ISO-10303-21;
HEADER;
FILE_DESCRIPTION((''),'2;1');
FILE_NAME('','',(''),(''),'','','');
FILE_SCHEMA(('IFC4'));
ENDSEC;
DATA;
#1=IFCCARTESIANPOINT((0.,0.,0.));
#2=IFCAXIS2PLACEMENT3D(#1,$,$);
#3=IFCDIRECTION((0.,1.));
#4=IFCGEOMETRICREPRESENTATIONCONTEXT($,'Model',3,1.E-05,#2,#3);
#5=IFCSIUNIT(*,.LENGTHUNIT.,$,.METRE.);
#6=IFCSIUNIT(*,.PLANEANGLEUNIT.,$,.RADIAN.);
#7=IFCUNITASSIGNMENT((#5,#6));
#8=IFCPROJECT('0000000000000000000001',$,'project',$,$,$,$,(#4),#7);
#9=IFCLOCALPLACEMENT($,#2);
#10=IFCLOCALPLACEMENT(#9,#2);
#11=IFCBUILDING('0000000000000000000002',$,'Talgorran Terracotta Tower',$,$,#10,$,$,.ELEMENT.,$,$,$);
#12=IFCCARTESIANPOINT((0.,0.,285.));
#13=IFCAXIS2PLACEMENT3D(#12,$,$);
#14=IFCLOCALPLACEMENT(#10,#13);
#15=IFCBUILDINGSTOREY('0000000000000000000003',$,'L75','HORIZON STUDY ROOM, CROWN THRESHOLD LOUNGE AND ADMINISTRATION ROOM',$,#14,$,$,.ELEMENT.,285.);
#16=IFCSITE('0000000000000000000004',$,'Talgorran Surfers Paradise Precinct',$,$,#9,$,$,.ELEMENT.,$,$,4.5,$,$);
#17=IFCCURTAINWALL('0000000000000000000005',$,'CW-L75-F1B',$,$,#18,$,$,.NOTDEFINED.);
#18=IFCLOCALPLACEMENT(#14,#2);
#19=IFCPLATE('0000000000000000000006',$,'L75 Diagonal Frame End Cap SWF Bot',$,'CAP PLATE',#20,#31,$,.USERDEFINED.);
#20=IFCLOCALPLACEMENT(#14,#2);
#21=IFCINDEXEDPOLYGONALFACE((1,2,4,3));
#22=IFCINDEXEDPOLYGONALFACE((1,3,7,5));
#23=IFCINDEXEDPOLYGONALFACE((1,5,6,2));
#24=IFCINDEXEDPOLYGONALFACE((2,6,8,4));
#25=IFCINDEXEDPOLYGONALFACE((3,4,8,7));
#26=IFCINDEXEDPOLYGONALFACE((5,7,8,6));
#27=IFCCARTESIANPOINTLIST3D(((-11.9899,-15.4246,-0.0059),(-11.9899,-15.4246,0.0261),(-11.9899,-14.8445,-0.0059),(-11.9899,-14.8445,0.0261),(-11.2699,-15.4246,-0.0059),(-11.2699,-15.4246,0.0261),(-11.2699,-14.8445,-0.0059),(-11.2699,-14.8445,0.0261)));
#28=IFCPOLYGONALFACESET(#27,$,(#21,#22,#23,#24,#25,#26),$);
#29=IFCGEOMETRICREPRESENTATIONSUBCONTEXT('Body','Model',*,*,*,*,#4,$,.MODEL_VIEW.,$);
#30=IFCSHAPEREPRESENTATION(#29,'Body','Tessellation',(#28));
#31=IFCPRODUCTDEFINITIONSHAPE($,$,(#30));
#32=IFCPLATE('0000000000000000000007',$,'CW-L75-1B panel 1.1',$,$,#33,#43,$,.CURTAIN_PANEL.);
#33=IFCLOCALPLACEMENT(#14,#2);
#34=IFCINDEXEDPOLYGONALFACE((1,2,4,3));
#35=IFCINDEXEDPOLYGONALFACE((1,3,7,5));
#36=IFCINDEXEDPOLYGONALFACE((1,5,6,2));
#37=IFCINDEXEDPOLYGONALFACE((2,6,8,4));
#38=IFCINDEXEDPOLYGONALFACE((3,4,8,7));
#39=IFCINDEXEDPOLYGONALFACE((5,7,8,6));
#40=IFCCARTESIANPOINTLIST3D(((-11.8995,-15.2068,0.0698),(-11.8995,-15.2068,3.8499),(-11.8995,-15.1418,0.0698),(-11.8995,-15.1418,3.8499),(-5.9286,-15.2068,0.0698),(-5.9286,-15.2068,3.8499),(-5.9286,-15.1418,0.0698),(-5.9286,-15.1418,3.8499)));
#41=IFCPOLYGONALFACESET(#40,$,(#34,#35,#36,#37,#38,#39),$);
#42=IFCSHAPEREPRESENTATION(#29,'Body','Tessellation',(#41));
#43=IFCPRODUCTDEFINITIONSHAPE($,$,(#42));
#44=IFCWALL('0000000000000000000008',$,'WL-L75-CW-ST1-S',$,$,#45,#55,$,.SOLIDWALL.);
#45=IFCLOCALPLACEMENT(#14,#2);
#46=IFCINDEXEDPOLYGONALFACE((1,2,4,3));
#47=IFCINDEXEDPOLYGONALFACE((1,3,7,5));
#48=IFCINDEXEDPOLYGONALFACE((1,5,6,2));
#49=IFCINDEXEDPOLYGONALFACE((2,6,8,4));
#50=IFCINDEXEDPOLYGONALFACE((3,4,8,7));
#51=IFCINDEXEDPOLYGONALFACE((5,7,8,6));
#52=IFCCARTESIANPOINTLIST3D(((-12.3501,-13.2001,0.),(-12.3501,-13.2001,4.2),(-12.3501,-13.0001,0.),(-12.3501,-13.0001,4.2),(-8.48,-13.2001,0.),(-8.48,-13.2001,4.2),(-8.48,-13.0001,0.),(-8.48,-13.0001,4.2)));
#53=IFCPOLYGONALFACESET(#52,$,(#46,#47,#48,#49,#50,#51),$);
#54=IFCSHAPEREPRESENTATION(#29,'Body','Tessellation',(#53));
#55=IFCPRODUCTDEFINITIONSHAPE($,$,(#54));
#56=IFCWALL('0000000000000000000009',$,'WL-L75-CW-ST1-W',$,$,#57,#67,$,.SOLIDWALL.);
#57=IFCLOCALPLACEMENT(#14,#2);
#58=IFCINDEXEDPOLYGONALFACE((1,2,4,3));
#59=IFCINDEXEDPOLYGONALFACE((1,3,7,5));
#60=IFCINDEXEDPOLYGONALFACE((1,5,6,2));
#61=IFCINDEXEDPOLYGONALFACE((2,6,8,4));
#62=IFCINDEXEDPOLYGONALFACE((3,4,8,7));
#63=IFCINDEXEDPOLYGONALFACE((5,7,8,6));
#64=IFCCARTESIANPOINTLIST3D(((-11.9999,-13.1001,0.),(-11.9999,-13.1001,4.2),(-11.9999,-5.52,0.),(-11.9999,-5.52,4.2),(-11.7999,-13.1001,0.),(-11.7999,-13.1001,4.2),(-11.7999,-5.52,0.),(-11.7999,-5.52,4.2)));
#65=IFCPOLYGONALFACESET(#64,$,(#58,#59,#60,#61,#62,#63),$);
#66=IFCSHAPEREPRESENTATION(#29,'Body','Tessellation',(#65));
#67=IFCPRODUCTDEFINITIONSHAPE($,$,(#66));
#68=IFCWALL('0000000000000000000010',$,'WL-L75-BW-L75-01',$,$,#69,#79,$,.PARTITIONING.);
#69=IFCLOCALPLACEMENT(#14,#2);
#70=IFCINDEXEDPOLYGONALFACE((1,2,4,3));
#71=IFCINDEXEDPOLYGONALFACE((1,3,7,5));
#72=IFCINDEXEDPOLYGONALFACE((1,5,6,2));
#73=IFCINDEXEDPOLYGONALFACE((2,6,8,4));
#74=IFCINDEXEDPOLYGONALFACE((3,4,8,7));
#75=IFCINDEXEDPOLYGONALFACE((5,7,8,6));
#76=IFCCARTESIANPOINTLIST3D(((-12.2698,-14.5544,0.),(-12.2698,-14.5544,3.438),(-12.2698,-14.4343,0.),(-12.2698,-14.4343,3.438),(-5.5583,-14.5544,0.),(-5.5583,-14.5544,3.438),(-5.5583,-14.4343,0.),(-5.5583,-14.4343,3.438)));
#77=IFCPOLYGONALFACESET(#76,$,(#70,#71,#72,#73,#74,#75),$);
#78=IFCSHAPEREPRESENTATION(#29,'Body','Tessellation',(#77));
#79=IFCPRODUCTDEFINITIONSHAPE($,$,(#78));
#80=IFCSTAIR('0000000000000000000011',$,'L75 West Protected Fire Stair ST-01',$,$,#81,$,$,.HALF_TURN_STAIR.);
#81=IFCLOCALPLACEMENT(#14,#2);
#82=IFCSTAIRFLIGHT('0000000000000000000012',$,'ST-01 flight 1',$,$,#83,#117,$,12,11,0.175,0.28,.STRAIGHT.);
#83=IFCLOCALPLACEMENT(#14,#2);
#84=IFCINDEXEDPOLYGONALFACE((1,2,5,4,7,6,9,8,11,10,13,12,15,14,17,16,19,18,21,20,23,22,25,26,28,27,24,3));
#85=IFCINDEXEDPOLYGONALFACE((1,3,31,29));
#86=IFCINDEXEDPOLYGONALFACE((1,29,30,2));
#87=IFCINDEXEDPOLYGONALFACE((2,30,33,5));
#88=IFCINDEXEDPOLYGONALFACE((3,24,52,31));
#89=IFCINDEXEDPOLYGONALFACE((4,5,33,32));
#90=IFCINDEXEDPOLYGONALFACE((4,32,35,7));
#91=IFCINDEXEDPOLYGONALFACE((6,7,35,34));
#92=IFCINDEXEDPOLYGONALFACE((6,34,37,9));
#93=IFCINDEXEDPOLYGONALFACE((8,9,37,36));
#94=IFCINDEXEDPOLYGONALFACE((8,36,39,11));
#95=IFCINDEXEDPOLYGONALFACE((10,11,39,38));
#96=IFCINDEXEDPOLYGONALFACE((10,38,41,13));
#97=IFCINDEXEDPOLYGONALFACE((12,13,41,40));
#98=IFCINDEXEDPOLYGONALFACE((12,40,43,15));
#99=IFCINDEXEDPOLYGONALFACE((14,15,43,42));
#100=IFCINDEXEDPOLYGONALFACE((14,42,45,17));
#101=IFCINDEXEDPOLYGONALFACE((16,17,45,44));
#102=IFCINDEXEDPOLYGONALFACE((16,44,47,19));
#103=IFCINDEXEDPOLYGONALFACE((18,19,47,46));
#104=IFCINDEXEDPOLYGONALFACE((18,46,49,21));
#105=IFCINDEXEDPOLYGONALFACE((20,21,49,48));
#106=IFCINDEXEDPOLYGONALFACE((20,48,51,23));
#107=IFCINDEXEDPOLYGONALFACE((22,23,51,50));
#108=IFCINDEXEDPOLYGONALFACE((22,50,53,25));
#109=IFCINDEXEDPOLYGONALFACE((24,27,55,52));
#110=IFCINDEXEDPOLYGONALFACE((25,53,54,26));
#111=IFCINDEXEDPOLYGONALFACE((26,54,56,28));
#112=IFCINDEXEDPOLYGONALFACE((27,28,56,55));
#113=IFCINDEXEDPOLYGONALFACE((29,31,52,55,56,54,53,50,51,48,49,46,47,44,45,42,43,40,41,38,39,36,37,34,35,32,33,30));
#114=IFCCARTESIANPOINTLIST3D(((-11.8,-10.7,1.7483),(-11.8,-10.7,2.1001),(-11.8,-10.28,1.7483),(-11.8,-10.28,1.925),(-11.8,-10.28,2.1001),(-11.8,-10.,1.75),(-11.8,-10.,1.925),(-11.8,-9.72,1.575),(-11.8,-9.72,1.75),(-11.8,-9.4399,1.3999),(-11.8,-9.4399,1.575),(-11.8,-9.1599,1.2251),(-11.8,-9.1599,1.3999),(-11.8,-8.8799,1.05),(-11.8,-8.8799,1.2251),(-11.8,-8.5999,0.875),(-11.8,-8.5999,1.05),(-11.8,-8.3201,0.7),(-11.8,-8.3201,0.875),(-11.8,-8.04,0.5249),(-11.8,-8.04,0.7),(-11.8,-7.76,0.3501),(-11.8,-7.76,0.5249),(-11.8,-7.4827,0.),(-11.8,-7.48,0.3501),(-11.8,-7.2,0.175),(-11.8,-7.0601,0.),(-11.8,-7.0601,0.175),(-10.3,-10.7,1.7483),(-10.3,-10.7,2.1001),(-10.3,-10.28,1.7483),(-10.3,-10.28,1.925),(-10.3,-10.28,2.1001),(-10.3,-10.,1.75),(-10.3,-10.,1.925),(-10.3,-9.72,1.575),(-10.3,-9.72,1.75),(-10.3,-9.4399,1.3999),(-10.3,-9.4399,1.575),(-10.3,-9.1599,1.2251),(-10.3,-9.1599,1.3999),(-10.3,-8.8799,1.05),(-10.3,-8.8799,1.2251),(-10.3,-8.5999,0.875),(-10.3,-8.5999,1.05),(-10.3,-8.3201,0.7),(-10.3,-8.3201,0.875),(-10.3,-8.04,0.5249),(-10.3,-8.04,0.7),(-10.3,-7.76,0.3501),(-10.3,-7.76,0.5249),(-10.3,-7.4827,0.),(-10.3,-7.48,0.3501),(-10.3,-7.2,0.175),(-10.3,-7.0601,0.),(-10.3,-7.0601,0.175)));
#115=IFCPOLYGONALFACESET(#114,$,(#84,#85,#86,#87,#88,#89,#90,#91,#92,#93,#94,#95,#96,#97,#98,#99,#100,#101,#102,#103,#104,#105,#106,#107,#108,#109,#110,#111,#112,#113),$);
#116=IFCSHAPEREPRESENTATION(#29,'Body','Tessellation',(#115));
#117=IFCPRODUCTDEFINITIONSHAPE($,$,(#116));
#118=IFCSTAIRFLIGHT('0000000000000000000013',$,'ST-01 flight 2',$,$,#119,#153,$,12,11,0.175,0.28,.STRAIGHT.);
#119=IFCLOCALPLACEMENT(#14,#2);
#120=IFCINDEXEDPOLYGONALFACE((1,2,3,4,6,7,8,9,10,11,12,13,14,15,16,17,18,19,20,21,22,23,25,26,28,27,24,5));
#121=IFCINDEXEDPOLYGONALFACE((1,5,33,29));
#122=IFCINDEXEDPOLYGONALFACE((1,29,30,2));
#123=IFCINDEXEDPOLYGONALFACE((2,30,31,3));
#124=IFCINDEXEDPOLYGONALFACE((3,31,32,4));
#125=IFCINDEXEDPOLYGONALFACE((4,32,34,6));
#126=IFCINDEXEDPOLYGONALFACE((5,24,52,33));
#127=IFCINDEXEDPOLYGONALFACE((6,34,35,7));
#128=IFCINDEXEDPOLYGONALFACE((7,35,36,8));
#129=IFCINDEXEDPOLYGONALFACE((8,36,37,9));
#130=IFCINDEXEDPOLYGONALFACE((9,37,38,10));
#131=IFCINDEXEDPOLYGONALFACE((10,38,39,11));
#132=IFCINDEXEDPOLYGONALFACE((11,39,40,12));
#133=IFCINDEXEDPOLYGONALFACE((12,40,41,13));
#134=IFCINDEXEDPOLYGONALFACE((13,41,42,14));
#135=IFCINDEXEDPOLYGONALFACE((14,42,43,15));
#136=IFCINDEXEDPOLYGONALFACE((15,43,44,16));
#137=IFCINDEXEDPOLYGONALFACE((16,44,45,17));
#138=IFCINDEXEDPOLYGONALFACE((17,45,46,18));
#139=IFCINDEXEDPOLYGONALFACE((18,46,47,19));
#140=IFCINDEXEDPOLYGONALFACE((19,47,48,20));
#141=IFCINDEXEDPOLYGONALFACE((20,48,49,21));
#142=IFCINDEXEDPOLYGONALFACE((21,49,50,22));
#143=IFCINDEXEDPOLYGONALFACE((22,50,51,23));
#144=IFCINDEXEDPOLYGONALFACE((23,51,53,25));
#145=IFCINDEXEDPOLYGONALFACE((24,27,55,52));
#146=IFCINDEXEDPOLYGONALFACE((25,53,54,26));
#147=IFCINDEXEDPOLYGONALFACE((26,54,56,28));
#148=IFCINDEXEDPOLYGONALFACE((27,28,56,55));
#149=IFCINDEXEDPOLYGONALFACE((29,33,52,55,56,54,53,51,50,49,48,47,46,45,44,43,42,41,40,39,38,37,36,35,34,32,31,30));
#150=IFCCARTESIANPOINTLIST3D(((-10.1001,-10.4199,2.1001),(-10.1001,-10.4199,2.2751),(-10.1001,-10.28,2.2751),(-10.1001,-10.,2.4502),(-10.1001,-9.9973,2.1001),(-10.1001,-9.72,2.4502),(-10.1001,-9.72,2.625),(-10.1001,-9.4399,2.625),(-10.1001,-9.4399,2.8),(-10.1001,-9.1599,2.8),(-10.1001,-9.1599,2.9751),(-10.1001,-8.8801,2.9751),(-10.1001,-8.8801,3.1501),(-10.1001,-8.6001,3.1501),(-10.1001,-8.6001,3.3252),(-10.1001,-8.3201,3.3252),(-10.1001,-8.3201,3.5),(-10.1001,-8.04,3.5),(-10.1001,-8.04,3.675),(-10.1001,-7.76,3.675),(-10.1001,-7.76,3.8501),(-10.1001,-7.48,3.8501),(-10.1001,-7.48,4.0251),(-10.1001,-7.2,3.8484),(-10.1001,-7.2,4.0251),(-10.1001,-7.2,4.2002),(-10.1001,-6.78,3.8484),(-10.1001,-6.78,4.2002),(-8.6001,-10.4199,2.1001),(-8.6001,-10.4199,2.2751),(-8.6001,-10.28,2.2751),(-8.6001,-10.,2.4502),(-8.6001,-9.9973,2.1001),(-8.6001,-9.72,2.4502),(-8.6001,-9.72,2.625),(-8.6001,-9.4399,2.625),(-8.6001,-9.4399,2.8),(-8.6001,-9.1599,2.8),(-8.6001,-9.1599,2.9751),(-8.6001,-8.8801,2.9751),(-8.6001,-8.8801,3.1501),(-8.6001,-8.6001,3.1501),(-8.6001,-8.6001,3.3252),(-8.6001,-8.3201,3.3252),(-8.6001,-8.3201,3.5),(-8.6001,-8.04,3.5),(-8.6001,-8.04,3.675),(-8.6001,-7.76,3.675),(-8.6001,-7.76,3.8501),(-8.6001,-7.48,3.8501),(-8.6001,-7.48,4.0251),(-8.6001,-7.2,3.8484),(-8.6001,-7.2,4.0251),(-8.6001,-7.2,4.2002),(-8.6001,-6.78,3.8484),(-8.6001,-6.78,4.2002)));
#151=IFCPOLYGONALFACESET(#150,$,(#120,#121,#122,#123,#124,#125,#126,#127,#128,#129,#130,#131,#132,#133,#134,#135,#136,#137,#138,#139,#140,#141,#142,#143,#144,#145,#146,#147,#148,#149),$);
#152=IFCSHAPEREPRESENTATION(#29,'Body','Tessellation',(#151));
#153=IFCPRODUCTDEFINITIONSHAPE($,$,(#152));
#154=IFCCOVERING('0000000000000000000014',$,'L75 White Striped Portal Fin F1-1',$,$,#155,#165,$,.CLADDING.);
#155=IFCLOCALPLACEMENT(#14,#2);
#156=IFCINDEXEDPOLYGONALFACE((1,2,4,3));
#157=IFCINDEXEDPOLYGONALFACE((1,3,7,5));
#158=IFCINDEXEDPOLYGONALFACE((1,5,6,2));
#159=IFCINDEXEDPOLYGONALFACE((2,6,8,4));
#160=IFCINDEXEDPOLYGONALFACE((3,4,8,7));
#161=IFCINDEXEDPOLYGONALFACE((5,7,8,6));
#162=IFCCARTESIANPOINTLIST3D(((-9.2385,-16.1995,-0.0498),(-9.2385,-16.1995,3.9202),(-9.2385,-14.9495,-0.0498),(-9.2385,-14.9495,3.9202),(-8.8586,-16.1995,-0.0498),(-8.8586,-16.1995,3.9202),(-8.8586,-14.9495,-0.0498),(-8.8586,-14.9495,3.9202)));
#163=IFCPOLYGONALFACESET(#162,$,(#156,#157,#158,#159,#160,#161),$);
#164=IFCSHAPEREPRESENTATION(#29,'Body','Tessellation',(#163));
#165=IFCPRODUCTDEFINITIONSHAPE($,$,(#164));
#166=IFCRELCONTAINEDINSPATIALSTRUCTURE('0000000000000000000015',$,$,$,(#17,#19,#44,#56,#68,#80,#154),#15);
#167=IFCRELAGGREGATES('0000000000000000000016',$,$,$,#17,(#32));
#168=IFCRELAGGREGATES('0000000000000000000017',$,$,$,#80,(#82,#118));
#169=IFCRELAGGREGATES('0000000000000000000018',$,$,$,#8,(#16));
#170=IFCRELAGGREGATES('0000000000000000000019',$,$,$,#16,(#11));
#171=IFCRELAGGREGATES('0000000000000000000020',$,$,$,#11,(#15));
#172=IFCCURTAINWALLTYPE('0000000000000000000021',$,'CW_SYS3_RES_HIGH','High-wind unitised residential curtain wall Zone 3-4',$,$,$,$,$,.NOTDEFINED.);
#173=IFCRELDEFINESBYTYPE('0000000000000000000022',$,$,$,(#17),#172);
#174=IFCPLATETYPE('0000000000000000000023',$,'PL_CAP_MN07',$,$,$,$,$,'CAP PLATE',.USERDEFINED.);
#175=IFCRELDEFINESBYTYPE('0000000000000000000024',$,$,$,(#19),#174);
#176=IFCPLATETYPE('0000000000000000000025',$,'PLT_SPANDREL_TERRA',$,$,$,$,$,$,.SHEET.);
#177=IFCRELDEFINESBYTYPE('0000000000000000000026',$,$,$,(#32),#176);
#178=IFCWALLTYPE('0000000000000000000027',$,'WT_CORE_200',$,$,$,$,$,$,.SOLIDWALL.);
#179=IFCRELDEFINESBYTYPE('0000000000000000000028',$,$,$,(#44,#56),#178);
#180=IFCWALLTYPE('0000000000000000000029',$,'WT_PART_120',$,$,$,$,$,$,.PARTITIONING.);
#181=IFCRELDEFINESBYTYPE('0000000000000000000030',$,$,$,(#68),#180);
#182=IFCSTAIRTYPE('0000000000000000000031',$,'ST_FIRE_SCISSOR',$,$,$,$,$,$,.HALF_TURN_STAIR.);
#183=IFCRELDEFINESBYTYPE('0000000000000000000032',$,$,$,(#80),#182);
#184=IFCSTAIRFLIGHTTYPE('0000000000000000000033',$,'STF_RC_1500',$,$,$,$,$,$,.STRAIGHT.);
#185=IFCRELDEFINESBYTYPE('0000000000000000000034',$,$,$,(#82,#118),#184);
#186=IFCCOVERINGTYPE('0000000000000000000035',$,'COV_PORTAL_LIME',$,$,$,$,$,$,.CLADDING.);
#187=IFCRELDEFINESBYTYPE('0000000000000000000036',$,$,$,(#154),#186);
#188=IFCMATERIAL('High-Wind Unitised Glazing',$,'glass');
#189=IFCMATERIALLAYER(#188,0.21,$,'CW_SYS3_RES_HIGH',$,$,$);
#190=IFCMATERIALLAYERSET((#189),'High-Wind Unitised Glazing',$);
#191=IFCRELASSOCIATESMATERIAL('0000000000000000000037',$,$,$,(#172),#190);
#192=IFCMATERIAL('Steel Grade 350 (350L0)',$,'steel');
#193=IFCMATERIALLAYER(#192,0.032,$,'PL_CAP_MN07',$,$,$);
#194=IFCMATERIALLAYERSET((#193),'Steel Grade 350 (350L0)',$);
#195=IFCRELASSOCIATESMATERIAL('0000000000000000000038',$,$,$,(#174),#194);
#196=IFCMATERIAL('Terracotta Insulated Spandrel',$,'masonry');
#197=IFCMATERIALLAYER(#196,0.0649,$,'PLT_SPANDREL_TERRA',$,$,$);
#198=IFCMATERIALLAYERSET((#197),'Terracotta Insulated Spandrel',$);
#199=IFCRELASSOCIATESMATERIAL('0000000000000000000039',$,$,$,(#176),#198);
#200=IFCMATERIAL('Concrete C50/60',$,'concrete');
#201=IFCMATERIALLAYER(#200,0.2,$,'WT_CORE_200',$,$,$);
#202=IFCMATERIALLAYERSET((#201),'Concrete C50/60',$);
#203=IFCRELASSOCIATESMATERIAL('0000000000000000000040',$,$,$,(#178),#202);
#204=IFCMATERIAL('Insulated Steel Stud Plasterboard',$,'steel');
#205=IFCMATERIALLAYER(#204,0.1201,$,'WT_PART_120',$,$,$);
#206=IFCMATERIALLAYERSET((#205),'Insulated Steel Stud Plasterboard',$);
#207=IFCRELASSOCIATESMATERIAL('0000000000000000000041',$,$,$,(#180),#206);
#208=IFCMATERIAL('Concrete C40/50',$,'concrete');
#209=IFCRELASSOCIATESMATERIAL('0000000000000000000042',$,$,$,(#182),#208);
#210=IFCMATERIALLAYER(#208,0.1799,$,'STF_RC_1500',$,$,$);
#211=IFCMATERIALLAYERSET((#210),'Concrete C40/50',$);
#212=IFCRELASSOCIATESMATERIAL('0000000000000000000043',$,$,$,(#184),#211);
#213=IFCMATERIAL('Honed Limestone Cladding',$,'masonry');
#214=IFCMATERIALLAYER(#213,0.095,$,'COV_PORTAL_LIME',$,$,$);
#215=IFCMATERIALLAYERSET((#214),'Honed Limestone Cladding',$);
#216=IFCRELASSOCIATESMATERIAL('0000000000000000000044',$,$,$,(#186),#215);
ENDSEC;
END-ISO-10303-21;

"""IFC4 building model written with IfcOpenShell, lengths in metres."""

from ifc_helpers import new_model, si_unit, direction, frame, frame_2d, origin, origin_2d, place, context, subcontext, project, spatial, polyline, rectangle, outline, extrude, source, transform, mapped, material, layer, layer_set, type_object, type_shapes, element, aggregate, save


model = new_model("IFC4")

# Units and contexts
model_context = context("Model", 3, precision=1e-05, world=origin(), true_north=direction((0.0, 1.0)))
body_context = subcontext(model_context, "Body", "Model", "MODEL_VIEW")
ifc_project = project(units=[si_unit("LENGTHUNIT", "METRE"), si_unit("PLANEANGLEUNIT", "RADIAN")], contexts=[model_context])

# Site, building, storey
site_placement = place(None, origin())
site = spatial("IfcSite", under=ifc_project, at=site_placement, Name="Talgorran Surfers Paradise Precinct", CompositionType="ELEMENT", RefElevation=4.5)
building_placement = place(site_placement, origin())
building = spatial("IfcBuilding", under=site, at=building_placement, Name="Talgorran Terracotta Tower", CompositionType="ELEMENT")
storey_placement = place(building_placement, frame((0.0, 0.0, 285.0)))
storey = spatial("IfcBuildingStorey", under=building, at=storey_placement, Name="L75", Description="HORIZON STUDY ROOM, CROWN THRESHOLD LOUNGE AND ADMINISTRATION ROOM", CompositionType="ELEMENT", Elevation=285.0)

# Shared definitions
ifc_material_1 = material(Name="Steel Grade 350 (350L0)", Category="steel")

# Shared definitions
ifc_material_2 = material(Name="High-Wind Unitised Glazing", Category="glass")
ifc_layer_1 = layer(ifc_material_2, 0.21, Name="CW_SYS3_RES_HIGH")
ifc_layer_set_1 = layer_set([ifc_layer_1], Name="High-Wind Unitised Glazing")
curtain_wall_type = type_object("IfcCurtainWallType", Name="CW_SYS3_RES_HIGH", Description="High-wind unitised residential curtain wall Zone 3-4", PredefinedType="NOTDEFINED", material=ifc_layer_set_1)

# Curtain wall
curtain_wall_1_placement = place(storey_placement, origin())
curtain_wall_1 = element("IfcCurtainWall", 1, at=curtain_wall_1_placement, inside=storey, type_object=curtain_wall_type, Name="CW-L75-F1B", PredefinedType="NOTDEFINED")

# Plates
ifc_layer_2 = layer(ifc_material_1, 0.032, Name="PL_CAP_MN07")
ifc_layer_set_2 = layer_set([ifc_layer_2], Name="Steel Grade 350 (350L0)")
plate_type_1 = type_object("IfcPlateType", Name="PL_CAP_MN07", ElementType="CAP PLATE", PredefinedType="USERDEFINED", material=ifc_layer_set_2)
plate_1_placement = place(storey_placement, frame((-11.6299, -15.1345, -0.0059), z_axis=(0.0, 0.0, 1.0), x_axis=(1.0, 0.0, 0.0)))
element("IfcPlate", 2, at=plate_1_placement, inside=storey, type_object=plate_type_1, Name="L75 Diagonal Frame End Cap SWF Bot", ObjectType="CAP PLATE", PredefinedType="USERDEFINED", context=body_context, shape_type="SweptSolid", body=[
    extrude(rectangle(XDim=0.72, YDim=0.5801, at=origin_2d()), origin(), (0.0, 0.0, 1.0), 0.032),
])
ifc_material_3 = material(Name="Terracotta Insulated Spandrel", Category="masonry")
ifc_layer_3 = layer(ifc_material_3, 0.0649, Name="PLT_SPANDREL_TERRA")
ifc_layer_set_3 = layer_set([ifc_layer_3], Name="Terracotta Insulated Spandrel")
plate_type_2 = type_object("IfcPlateType", Name="PLT_SPANDREL_TERRA", PredefinedType="SHEET", material=ifc_layer_set_3)
shared_shape = source(origin(), body_context, "Body", "SweptSolid", [
    extrude(rectangle(XDim=5.9709, YDim=0.0649, at=origin_2d()), origin(), (0.0, 0.0, 1.0), 3.78),
])
type_shapes(plate_type_2, [shared_shape])
plate_2_placement = place(storey_placement, frame((-8.9141, -15.1743, 0.0698), z_axis=(0.0, 0.0, 1.0), x_axis=(1.0, 0.0, 0.0)))
plate_2 = element("IfcPlate", 3, at=plate_2_placement, type_object=plate_type_2, Name="CW-L75-1B panel 1.1", PredefinedType="CURTAIN_PANEL", context=body_context, shape_type="MappedRepresentation", body=[
    mapped(shared_shape, transform((0.0, 0.0, 0.0), scale=1.0)),
])
aggregate(curtain_wall_1, [plate_2])

# Walls
ifc_material_4 = material(Name="Concrete C50/60", Category="concrete")
ifc_layer_4 = layer(ifc_material_4, 0.2, Name="WT_CORE_200")
ifc_layer_set_4 = layer_set([ifc_layer_4], Name="Concrete C50/60")
wall_type_1 = type_object("IfcWallType", Name="WT_CORE_200", PredefinedType="SOLIDWALL", material=ifc_layer_set_4)
wall_1_placement = place(storey_placement, frame((-12.3501, -13.1001, 0.0), z_axis=(0.0, 0.0, 1.0), x_axis=(1.0, 0.0, 0.0)))
element("IfcWall", 4, at=wall_1_placement, inside=storey, type_object=wall_type_1, Name="WL-L75-CW-ST1-S", PredefinedType="SOLIDWALL", context=body_context, shape_type="SweptSolid", body=[
    extrude(rectangle(XDim=3.8701, YDim=0.2, at=frame_2d((1.9351, 0.0))), origin(), (0.0, 0.0, 1.0), 4.2),
])
wall_2_placement = place(storey_placement, frame((-11.8999, -13.1001, 0.0), z_axis=(0.0, 0.0, 1.0), x_axis=(0.0, 1.0, 0.0)))
element("IfcWall", 5, at=wall_2_placement, inside=storey, type_object=wall_type_1, Name="WL-L75-CW-ST1-W", PredefinedType="SOLIDWALL", context=body_context, shape_type="SweptSolid", body=[
    extrude(rectangle(XDim=7.5801, YDim=0.2, at=frame_2d((3.79, 0.0))), origin(), (0.0, 0.0, 1.0), 4.2),
])
ifc_material_5 = material(Name="Insulated Steel Stud Plasterboard", Category="steel")
ifc_layer_5 = layer(ifc_material_5, 0.1201, Name="WT_PART_120")
ifc_layer_set_5 = layer_set([ifc_layer_5], Name="Insulated Steel Stud Plasterboard")
wall_type_2 = type_object("IfcWallType", Name="WT_PART_120", PredefinedType="PARTITIONING", material=ifc_layer_set_5)
wall_3_placement = place(storey_placement, frame((-12.2698, -14.4944, 0.0), z_axis=(0.0, 0.0, 1.0), x_axis=(1.0, 0.0, 0.0)))
element("IfcWall", 6, at=wall_3_placement, inside=storey, type_object=wall_type_2, Name="WL-L75-BW-L75-01", PredefinedType="PARTITIONING", context=body_context, shape_type="SweptSolid", body=[
    extrude(rectangle(XDim=6.7114, YDim=0.1201, at=frame_2d((3.3557, 0.0))), origin(), (0.0, 0.0, 1.0), 3.438),
])

# Stair, stair flights
ifc_material_6 = material(Name="Concrete C40/50", Category="concrete")
stair_type = type_object("IfcStairType", Name="ST_FIRE_SCISSOR", PredefinedType="HALF_TURN_STAIR", material=ifc_material_6)
stair_placement = place(storey_placement, origin())
stair = element("IfcStair", 7, at=stair_placement, inside=storey, type_object=stair_type, Name="L75 West Protected Fire Stair ST-01", PredefinedType="HALF_TURN_STAIR")
ifc_layer_6 = layer(ifc_material_6, 0.1799, Name="STF_RC_1500")
ifc_layer_set_6 = layer_set([ifc_layer_6], Name="Concrete C40/50")
stair_flight_type = type_object("IfcStairFlightType", Name="STF_RC_1500", PredefinedType="STRAIGHT", material=ifc_layer_set_6)
stair_flight_1_placement = place(storey_placement, frame((-11.05, -7.2, 0.0), z_axis=(0.0, 0.0, 1.0), x_axis=(0.0, -1.0, 0.0)))
stair_flight_1 = element("IfcStairFlight", 8, at=stair_flight_1_placement, type_object=stair_flight_type, Name="ST-01 flight 1", NumberOfRisers=12, NumberOfTreads=11, PredefinedType="STRAIGHT", RiserHeight=0.175, TreadLength=0.28, context=body_context, shape_type="SweptSolid", body=[
    extrude(outline(polyline([(-0.1399, 0.0), (-0.1399, 0.175), (0.0, 0.175), (0.28, 0.3501), (0.5601, 0.3501), (0.5601, 0.5249), (0.8401, 0.5249), (0.8401, 0.7), (1.1201, 0.7), (1.1201, 0.875), (1.3999, 0.875), (1.3999, 1.05), (1.6799, 1.05), (1.6799, 1.2251), (1.96, 1.2251), (1.96, 1.3999), (2.24, 1.3999), (2.24, 1.575), (2.52, 1.575), (2.52, 1.75), (2.8, 1.75), (2.8, 1.925), (3.0801, 1.925), (3.0801, 2.1001), (3.5, 2.1001), (3.5, 1.7483), (3.0801, 1.7483), (0.2827, 0.0), (-0.1399, 0.0)])), frame((0.0, 0.75, 0.0), z_axis=(0.0, -1.0, 0.0), x_axis=(1.0, 0.0, 0.0)), (0.0, 0.0, 1.0), 1.5),
])
stair_flight_2_placement = place(storey_placement, frame((-9.3501, -10.28, 2.1001), z_axis=(0.0, 0.0, 1.0), x_axis=(0.0, 1.0, 0.0)))
stair_flight_2 = element("IfcStairFlight", 9, at=stair_flight_2_placement, type_object=stair_flight_type, Name="ST-01 flight 2", NumberOfRisers=12, NumberOfTreads=11, PredefinedType="STRAIGHT", RiserHeight=0.175, TreadLength=0.28, context=body_context, shape_type="SweptSolid", body=[
    extrude(outline(polyline([(-0.1399, 0.0), (-0.1399, 0.175), (0.0, 0.175), (0.28, 0.3501), (0.5601, 0.3501), (0.5601, 0.5249), (0.8401, 0.5249), (0.8401, 0.7), (1.1201, 0.7), (1.1201, 0.875), (1.3999, 0.875), (1.3999, 1.05), (1.6799, 1.05), (1.6799, 1.2251), (1.96, 1.2251), (1.96, 1.3999), (2.24, 1.3999), (2.24, 1.575), (2.52, 1.575), (2.52, 1.75), (2.8, 1.75), (2.8, 1.925), (3.0801, 1.925), (3.0801, 2.1001), (3.5, 2.1001), (3.5, 1.7483), (3.0801, 1.7483), (0.2827, 0.0), (-0.1399, 0.0)])), frame((0.0, 0.75, 0.0), z_axis=(0.0, -1.0, 0.0), x_axis=(1.0, 0.0, 0.0)), (0.0, 0.0, 1.0), 1.5),
])
aggregate(stair, [stair_flight_1, stair_flight_2])

# Covering
ifc_material_7 = material(Name="Honed Limestone Cladding", Category="masonry")
ifc_layer_7 = layer(ifc_material_7, 0.095, Name="COV_PORTAL_LIME")
ifc_layer_set_7 = layer_set([ifc_layer_7], Name="Honed Limestone Cladding")
covering_type = type_object("IfcCoveringType", Name="COV_PORTAL_LIME", PredefinedType="CLADDING", material=ifc_layer_set_7)
covering_placement = place(storey_placement, frame((-9.0486, -15.5745, -0.0498), z_axis=(0.0, 0.0, 1.0), x_axis=(1.0, 0.0, 0.0)))
element("IfcCovering", 10, at=covering_placement, inside=storey, type_object=covering_type, Name="L75 White Striped Portal Fin F1-1", PredefinedType="CLADDING", context=body_context, shape_type="SweptSolid", body=[
    extrude(rectangle(XDim=0.3799, YDim=1.25, at=origin_2d()), origin(), (0.0, 0.0, 1.0), 3.97),
])

save(model, "model.ifc")
